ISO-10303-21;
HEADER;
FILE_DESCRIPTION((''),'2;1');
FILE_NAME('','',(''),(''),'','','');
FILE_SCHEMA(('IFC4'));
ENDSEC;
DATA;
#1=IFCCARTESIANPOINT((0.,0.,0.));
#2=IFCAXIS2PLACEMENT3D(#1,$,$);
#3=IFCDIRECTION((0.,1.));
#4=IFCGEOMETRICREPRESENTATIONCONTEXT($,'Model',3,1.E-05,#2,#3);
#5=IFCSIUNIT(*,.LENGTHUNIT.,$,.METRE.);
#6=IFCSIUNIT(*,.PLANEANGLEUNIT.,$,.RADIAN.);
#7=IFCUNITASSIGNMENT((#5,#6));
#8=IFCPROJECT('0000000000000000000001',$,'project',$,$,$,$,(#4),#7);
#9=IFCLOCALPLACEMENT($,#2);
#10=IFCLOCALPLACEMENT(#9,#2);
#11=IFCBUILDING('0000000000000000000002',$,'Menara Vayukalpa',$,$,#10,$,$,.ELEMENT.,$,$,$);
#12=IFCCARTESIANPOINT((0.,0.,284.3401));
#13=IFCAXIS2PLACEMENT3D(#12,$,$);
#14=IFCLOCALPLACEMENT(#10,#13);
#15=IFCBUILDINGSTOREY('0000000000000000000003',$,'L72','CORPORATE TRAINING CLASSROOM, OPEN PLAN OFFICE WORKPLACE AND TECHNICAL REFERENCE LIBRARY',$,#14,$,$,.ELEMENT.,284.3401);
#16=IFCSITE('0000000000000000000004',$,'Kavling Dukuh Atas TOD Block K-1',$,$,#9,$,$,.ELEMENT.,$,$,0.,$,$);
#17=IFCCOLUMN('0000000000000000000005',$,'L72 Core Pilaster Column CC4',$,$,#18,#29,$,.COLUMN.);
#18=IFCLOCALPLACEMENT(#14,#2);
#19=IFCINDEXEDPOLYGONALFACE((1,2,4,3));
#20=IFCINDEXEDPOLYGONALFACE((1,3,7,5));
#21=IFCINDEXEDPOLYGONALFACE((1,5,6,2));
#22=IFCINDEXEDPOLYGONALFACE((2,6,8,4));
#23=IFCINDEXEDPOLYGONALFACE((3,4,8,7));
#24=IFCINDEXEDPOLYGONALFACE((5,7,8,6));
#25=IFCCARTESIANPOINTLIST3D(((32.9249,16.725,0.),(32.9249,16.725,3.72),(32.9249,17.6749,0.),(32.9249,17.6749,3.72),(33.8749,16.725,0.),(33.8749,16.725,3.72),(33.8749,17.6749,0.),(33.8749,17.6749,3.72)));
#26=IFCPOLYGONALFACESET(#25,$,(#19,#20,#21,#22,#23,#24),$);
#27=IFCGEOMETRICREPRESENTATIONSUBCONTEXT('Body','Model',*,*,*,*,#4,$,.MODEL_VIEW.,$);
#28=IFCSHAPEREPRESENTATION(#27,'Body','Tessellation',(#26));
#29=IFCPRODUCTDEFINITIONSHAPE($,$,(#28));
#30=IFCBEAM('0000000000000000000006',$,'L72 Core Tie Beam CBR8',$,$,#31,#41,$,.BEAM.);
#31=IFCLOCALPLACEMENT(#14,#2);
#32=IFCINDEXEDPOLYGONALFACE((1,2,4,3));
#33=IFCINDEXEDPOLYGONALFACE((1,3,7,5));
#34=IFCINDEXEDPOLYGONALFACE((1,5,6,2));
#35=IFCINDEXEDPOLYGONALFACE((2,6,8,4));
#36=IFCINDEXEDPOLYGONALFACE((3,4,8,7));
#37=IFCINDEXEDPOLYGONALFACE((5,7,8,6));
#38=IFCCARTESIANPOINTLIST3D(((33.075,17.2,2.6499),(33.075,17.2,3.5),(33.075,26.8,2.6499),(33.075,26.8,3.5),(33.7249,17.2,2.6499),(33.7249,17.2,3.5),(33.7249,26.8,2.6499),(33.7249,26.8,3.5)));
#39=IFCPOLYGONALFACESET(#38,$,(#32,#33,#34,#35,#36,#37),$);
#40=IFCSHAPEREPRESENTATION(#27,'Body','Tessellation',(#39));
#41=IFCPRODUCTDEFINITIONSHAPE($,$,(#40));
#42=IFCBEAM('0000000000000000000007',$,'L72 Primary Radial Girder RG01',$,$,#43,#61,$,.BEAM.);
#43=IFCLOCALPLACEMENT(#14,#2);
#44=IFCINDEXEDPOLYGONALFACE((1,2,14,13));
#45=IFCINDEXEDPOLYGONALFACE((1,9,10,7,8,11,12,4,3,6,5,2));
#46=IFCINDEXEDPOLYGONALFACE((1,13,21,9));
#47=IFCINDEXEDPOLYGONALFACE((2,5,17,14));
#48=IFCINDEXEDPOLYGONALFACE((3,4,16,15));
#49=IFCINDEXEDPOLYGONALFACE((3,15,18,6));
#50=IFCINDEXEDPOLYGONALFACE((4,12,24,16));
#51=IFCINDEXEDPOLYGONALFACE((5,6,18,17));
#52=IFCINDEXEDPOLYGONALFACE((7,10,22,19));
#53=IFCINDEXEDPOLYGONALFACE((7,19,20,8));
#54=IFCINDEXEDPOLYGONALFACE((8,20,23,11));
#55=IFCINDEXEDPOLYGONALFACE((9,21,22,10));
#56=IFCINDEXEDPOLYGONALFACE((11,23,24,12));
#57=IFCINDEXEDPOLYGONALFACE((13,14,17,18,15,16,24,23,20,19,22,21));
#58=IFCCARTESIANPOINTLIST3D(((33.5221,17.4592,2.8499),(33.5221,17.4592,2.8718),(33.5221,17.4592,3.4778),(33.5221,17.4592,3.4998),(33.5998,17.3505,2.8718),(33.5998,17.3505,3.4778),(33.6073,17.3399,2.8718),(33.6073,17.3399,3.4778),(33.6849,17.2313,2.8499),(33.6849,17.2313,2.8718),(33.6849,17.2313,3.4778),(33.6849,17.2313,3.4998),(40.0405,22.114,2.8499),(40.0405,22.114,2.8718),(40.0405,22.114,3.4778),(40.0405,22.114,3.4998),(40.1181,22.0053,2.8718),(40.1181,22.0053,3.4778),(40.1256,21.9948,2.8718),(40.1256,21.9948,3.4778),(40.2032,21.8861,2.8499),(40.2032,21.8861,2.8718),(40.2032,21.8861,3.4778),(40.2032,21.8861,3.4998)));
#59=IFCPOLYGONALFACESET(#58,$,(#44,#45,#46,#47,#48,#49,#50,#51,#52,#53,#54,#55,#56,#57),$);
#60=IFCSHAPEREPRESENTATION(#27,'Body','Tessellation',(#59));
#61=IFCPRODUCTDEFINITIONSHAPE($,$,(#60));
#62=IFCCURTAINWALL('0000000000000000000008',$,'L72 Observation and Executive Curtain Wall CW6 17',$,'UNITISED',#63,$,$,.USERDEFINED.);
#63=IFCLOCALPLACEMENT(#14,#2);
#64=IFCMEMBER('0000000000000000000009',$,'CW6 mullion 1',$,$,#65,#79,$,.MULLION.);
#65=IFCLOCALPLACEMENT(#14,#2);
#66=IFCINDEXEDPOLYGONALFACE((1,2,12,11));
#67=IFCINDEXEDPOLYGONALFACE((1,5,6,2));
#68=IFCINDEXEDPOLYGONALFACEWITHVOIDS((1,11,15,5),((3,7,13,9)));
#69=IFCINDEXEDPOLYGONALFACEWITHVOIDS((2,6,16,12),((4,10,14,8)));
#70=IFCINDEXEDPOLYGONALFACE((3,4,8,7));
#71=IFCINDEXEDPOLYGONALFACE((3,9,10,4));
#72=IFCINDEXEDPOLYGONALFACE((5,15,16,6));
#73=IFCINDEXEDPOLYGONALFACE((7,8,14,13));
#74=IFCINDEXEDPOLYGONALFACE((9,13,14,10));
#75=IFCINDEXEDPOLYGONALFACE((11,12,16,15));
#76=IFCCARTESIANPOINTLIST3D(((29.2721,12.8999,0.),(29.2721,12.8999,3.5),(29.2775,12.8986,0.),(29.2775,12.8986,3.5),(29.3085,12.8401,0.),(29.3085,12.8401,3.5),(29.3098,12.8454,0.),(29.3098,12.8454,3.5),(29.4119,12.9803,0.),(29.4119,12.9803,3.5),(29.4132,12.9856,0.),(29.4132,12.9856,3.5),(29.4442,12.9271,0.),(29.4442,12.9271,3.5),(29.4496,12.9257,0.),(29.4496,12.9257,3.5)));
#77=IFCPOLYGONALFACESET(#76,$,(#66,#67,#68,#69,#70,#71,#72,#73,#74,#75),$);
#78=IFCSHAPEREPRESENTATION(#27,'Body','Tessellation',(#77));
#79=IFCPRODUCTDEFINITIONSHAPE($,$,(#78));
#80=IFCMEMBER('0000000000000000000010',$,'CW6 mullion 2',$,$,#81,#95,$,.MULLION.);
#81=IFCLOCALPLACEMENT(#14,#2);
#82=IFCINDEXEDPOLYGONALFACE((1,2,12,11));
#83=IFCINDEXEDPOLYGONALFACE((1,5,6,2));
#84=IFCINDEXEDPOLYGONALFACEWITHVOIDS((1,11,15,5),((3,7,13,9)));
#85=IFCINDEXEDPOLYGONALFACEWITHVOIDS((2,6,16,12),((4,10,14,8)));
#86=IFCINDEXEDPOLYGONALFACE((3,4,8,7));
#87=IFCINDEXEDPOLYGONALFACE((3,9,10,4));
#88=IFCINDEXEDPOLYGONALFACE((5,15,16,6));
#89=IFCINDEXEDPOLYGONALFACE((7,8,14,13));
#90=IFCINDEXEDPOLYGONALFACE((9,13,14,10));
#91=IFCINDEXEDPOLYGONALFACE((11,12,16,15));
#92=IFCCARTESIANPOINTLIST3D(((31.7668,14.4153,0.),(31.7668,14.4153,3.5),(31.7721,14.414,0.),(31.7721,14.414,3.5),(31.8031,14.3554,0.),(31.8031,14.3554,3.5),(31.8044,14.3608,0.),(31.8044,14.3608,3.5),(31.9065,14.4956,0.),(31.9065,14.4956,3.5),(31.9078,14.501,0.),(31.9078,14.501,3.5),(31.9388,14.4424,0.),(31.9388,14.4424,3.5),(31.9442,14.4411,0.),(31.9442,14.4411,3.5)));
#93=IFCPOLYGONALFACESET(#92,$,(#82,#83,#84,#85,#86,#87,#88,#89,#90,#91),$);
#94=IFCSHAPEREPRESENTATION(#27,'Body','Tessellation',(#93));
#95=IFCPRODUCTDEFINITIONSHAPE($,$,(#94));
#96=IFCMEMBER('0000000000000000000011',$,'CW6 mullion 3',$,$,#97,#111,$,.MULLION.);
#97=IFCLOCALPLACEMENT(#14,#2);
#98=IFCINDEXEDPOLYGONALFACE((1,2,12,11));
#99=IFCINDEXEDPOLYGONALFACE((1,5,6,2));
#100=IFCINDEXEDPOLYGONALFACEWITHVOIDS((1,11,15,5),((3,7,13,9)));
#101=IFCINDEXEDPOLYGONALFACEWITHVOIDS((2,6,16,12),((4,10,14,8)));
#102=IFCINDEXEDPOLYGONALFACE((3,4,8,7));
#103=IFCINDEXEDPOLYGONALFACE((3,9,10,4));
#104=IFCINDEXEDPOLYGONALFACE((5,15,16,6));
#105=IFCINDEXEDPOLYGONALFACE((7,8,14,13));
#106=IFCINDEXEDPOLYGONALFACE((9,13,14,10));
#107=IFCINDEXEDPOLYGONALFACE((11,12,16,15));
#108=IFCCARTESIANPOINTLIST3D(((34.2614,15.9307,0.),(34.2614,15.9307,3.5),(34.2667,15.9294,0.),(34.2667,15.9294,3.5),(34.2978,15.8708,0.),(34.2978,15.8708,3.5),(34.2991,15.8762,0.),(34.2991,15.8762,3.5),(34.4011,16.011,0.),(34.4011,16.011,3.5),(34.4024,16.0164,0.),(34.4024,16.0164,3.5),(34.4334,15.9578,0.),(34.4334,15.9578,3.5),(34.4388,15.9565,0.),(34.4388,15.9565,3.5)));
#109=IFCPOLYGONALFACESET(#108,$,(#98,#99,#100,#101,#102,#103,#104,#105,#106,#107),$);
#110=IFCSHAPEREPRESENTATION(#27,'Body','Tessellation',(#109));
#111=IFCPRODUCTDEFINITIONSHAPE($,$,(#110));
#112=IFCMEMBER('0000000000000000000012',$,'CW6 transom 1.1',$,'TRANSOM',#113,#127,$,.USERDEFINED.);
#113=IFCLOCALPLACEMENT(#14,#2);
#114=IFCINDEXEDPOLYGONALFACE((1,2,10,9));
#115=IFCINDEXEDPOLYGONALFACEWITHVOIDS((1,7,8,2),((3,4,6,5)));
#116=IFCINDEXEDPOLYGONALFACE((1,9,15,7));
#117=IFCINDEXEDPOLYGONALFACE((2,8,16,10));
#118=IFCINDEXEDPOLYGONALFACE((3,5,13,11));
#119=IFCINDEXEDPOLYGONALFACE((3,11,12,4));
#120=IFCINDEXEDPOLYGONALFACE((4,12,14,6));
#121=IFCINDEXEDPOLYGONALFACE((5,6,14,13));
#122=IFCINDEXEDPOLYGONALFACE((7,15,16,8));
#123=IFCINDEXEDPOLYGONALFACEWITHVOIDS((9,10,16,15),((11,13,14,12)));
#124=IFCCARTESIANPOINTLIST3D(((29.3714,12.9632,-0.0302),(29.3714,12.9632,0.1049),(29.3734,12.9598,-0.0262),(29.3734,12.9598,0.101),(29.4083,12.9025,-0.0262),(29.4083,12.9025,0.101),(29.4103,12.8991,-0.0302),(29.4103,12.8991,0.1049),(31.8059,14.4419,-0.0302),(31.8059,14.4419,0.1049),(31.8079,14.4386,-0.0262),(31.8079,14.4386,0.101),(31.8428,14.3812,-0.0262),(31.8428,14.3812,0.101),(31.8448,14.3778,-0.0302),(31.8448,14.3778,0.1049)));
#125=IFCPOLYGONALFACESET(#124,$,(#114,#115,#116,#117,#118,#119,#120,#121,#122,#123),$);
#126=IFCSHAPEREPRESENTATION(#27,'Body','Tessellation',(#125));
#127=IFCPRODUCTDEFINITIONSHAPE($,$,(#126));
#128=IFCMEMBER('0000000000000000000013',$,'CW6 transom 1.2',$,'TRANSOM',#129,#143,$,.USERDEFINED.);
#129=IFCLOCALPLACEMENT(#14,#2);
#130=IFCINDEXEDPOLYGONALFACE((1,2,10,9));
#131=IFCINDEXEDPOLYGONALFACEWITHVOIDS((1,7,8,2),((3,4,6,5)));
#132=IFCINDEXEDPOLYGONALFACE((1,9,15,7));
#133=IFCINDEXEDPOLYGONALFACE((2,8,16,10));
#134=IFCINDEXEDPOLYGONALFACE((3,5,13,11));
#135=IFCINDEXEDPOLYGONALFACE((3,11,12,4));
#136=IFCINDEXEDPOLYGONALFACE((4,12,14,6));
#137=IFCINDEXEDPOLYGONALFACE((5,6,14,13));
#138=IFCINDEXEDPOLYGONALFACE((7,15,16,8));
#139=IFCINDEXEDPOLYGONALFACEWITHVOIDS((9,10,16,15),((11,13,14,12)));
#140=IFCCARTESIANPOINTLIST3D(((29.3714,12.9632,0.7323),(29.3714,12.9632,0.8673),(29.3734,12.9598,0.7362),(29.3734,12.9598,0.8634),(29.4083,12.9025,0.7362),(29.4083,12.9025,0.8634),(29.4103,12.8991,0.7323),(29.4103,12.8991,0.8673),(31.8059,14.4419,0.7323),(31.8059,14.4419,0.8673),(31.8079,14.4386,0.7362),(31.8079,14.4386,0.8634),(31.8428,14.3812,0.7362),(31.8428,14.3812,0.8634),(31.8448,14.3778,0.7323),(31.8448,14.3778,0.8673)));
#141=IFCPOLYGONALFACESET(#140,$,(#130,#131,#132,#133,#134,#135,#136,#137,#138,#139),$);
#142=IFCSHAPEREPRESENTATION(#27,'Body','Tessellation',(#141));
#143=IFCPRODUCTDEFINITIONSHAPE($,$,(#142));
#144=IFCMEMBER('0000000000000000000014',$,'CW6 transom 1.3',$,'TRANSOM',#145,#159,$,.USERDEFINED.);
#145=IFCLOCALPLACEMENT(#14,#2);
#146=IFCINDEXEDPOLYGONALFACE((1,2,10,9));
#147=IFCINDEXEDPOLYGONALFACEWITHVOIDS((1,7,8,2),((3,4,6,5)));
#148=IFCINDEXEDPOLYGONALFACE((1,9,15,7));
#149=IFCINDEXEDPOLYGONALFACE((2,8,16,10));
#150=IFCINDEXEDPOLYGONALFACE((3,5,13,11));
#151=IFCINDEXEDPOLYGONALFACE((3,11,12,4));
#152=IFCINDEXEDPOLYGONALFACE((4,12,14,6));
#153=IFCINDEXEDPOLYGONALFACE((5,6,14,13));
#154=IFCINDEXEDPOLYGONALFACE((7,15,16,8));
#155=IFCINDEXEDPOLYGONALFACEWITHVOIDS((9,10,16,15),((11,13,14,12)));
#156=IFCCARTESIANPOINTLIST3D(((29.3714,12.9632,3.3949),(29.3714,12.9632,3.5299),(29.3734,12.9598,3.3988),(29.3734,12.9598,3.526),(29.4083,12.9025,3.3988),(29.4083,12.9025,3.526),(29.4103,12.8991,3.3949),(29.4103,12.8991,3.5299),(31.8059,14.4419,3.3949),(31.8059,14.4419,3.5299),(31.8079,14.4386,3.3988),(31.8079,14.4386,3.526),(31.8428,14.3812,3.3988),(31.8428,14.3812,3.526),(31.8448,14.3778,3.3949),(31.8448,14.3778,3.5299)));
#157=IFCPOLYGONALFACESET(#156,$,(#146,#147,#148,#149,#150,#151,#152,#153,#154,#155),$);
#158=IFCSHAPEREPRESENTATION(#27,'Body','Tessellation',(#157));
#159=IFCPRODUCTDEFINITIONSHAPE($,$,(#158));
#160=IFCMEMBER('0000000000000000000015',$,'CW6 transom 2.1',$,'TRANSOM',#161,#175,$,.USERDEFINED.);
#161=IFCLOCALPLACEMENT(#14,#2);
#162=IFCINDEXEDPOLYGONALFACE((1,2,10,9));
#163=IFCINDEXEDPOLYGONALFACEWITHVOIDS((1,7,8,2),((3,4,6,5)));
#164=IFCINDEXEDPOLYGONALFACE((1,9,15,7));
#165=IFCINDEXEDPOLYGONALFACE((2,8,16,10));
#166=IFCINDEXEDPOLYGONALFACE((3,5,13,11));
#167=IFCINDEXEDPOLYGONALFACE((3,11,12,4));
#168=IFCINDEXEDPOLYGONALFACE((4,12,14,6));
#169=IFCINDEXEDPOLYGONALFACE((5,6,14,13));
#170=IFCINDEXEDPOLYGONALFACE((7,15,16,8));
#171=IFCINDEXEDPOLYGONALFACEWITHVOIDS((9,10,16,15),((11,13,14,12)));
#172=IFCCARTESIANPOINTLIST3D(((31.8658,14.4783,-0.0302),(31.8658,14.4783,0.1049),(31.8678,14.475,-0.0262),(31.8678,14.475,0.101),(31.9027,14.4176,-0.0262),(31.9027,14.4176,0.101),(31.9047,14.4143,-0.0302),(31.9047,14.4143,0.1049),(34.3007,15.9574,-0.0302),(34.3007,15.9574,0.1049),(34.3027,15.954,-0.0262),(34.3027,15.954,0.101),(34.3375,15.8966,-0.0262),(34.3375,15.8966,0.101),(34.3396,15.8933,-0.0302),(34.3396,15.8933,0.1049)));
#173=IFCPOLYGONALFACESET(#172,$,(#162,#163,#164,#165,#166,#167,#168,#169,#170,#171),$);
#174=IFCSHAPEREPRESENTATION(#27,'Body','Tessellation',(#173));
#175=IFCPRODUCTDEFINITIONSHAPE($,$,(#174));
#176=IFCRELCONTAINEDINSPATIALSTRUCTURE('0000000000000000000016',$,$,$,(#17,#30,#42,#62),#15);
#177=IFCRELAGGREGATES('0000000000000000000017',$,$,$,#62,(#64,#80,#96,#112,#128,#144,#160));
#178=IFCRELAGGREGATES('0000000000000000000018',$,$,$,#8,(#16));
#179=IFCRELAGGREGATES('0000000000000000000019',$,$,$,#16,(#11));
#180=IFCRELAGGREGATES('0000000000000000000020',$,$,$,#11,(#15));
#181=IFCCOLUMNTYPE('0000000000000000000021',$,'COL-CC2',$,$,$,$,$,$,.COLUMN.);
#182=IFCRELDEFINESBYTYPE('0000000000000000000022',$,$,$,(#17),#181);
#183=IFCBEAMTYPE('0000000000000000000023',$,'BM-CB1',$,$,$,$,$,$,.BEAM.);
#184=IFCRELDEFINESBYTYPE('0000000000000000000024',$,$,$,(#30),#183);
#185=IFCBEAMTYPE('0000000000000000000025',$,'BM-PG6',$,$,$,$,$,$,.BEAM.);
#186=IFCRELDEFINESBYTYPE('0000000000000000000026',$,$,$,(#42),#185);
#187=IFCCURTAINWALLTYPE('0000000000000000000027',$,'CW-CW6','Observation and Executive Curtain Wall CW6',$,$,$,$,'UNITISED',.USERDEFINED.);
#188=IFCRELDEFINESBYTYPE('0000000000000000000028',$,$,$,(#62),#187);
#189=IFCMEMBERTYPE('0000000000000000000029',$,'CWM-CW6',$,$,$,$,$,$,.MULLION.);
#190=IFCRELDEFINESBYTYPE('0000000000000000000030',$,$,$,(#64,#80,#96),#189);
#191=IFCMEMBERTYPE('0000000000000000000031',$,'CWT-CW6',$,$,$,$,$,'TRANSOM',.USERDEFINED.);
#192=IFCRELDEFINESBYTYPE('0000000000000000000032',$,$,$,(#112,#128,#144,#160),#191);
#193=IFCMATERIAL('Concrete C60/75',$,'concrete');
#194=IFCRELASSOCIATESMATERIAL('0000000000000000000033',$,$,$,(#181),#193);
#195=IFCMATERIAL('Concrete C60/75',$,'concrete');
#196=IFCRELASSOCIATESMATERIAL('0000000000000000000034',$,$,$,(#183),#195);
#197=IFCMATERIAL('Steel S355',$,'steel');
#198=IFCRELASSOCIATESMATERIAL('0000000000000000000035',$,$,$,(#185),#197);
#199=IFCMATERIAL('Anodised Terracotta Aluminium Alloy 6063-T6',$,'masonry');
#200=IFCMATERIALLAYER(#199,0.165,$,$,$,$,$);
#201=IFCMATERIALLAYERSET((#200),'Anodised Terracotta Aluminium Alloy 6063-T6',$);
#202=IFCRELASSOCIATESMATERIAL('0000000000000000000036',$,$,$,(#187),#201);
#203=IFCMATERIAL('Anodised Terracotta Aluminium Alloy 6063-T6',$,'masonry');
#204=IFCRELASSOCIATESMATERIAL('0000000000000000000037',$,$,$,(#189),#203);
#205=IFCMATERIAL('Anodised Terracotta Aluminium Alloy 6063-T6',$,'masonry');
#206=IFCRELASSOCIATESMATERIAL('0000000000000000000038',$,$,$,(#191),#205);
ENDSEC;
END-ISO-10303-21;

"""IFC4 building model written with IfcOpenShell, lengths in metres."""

from ifc_helpers import new_model, si_unit, direction, frame, origin, origin_2d, place, context, subcontext, project, spatial, rectangle, hollow_rectangle, i_section, extrude, material, layer, layer_set, material_profile, profile_set, type_object, element, aggregate, save


model = new_model("IFC4")

# Units and contexts
model_context = context("Model", 3, precision=1e-05, world=origin(), true_north=direction((0.0, 1.0)))
body_context = subcontext(model_context, "Body", "Model", "MODEL_VIEW")
ifc_project = project(units=[si_unit("LENGTHUNIT", "METRE"), si_unit("PLANEANGLEUNIT", "RADIAN")], contexts=[model_context])

# Site, building, storey
site_placement = place(None, origin())
site = spatial("IfcSite", under=ifc_project, at=site_placement, Name="Kavling Dukuh Atas TOD Block K-1", CompositionType="ELEMENT", RefElevation=0.0)
building_placement = place(site_placement, origin())
building = spatial("IfcBuilding", under=site, at=building_placement, Name="Menara Vayukalpa", CompositionType="ELEMENT")
storey_placement = place(building_placement, frame((0.0, 0.0, 284.3401)))
storey = spatial("IfcBuildingStorey", under=building, at=storey_placement, Name="L72", Description="CORPORATE TRAINING CLASSROOM, OPEN PLAN OFFICE WORKPLACE AND TECHNICAL REFERENCE LIBRARY", CompositionType="ELEMENT", Elevation=284.3401)

# Column
ifc_material_1 = material(Name="Concrete C60/75", Category="concrete")
ifc_material_profile_1 = material_profile(ifc_material_1, rectangle(XDim=0.95, YDim=0.95, at=origin_2d()), Name="RC 950x950")
ifc_profile_set_1 = profile_set([ifc_material_profile_1], Name="Concrete C60/75")
column_type = type_object("IfcColumnType", Name="COL-CC2", PredefinedType="COLUMN", material=ifc_profile_set_1)
column_placement = place(storey_placement, frame((33.3999, 17.2, 0.0), z_axis=(0.0, 0.0, 1.0), x_axis=(1.0, 0.0, 0.0)))
element("IfcColumn", 1, at=column_placement, inside=storey, type_object=column_type, Name="L72 Core Pilaster Column CC4", PredefinedType="COLUMN", context=body_context, shape_type="SweptSolid", body=[
    extrude(rectangle(XDim=0.95, YDim=0.95, at=origin_2d()), origin(), (0.0, 0.0, 1.0), 3.72),
])

# Beams
ifc_material_2 = material(Name="Concrete C60/75", Category="concrete")
ifc_material_profile_2 = material_profile(ifc_material_2, rectangle(XDim=0.6499, YDim=0.8501, at=origin_2d()), Name="RC 650x850")
ifc_profile_set_2 = profile_set([ifc_material_profile_2], Name="Concrete C60/75")
beam_type_1 = type_object("IfcBeamType", Name="BM-CB1", PredefinedType="BEAM", material=ifc_profile_set_2)
beam_1_placement = place(storey_placement, frame((33.3999, 17.2, 3.075), z_axis=(0.0, 1.0, 0.0), x_axis=(-1.0, 0.0, 0.0)))
element("IfcBeam", 2, at=beam_1_placement, inside=storey, type_object=beam_type_1, Name="L72 Core Tie Beam CBR8", PredefinedType="BEAM", context=body_context, shape_type="SweptSolid", body=[
    extrude(rectangle(XDim=0.6499, YDim=0.8501, at=origin_2d()), origin(), (0.0, 0.0, 1.0), 9.6001),
])
ifc_material_3 = material(Name="Steel S355", Category="steel")
ifc_material_profile_3 = material_profile(ifc_material_3, i_section(OverallWidth=0.28, OverallDepth=0.6499, WebThickness=0.0129, FlangeThickness=0.022, at=origin_2d()), Name="WF 650x280x13x22")
ifc_profile_set_3 = profile_set([ifc_material_profile_3], Name="Steel S355")
beam_type_2 = type_object("IfcBeamType", Name="BM-PG6", PredefinedType="BEAM", material=ifc_profile_set_3)
beam_2_placement = place(storey_placement, frame((33.6035, 17.3452, 3.1748), z_axis=(0.813801, 0.581143, 0.0), x_axis=(-0.581143, 0.813801, 0.0)))
element("IfcBeam", 3, at=beam_2_placement, inside=storey, type_object=beam_type_2, Name="L72 Primary Radial Girder RG01", PredefinedType="BEAM", context=body_context, shape_type="SweptSolid", body=[
    extrude(i_section(OverallWidth=0.28, OverallDepth=0.6499, WebThickness=0.0129, FlangeThickness=0.022, at=origin_2d()), origin(), (0.0, 0.0, 1.0), 8.0098),
])

# Curtain wall, members
ifc_material_4 = material(Name="Anodised Terracotta Aluminium Alloy 6063-T6", Category="masonry")
ifc_layer_1 = layer(ifc_material_4, 0.165)
ifc_layer_set_1 = layer_set([ifc_layer_1], Name="Anodised Terracotta Aluminium Alloy 6063-T6")
curtain_wall_type = type_object("IfcCurtainWallType", Name="CW-CW6", Description="Observation and Executive Curtain Wall CW6", ElementType="UNITISED", PredefinedType="USERDEFINED", material=ifc_layer_set_1)
curtain_wall_placement = place(storey_placement, origin())
curtain_wall = element("IfcCurtainWall", 4, at=curtain_wall_placement, inside=storey, type_object=curtain_wall_type, Name="L72 Observation and Executive Curtain Wall CW6 17", ObjectType="UNITISED", PredefinedType="USERDEFINED")
ifc_material_5 = material(Name="Anodised Terracotta Aluminium Alloy 6063-T6", Category="masonry")
ifc_material_profile_4 = material_profile(ifc_material_5, hollow_rectangle(XDim=0.0701, YDim=0.165, WallThickness=0.0039, at=origin_2d()), Name="ALU 70x165x4")
ifc_profile_set_4 = profile_set([ifc_material_profile_4], Name="Anodised Terracotta Aluminium Alloy 6063-T6")
member_type_1 = type_object("IfcMemberType", Name="CWM-CW6", PredefinedType="MULLION", material=ifc_profile_set_4)
member_1_placement = place(storey_placement, frame((29.3608, 12.9128, 0.0), z_axis=(0.0, 0.0, 1.0), x_axis=(-0.519176, 0.854668, 0.0)))
member_1 = element("IfcMember", 5, at=member_1_placement, type_object=member_type_1, Name="CW6 mullion 1", PredefinedType="MULLION", context=body_context, shape_type="SweptSolid", body=[
    extrude(hollow_rectangle(XDim=0.0701, YDim=0.165, WallThickness=0.0039, at=origin_2d()), origin(), (0.0, 0.0, 1.0), 3.5),
])
member_2_placement = place(storey_placement, frame((31.8555, 14.4282, 0.0), z_axis=(0.0, 0.0, 1.0), x_axis=(-0.519176, 0.854668, 0.0)))
member_2 = element("IfcMember", 6, at=member_2_placement, type_object=member_type_1, Name="CW6 mullion 2", PredefinedType="MULLION", context=body_context, shape_type="SweptSolid", body=[
    extrude(hollow_rectangle(XDim=0.0701, YDim=0.165, WallThickness=0.0039, at=origin_2d()), origin(), (0.0, 0.0, 1.0), 3.5),
])
member_3_placement = place(storey_placement, frame((34.3501, 15.9436, 0.0), z_axis=(0.0, 0.0, 1.0), x_axis=(-0.519176, 0.854668, 0.0)))
member_3 = element("IfcMember", 7, at=member_3_placement, type_object=member_type_1, Name="CW6 mullion 3", PredefinedType="MULLION", context=body_context, shape_type="SweptSolid", body=[
    extrude(hollow_rectangle(XDim=0.0701, YDim=0.165, WallThickness=0.0039, at=origin_2d()), origin(), (0.0, 0.0, 1.0), 3.5),
])
ifc_material_6 = material(Name="Anodised Terracotta Aluminium Alloy 6063-T6", Category="masonry")
ifc_material_profile_5 = material_profile(ifc_material_6, hollow_rectangle(XDim=0.075, YDim=0.135, WallThickness=0.0039, at=origin_2d()), Name="ALU 75x135x4")
ifc_profile_set_5 = profile_set([ifc_material_profile_5], Name="Anodised Terracotta Aluminium Alloy 6063-T6")
member_type_2 = type_object("IfcMemberType", Name="CWT-CW6", ElementType="TRANSOM", PredefinedType="USERDEFINED", material=ifc_profile_set_5)
member_4_placement = place(storey_placement, frame((29.3909, 12.9312, 0.0374), z_axis=(0.85469, 0.519139, 0.0), x_axis=(-0.519139, 0.85469, 0.0)))
member_4 = element("IfcMember", 8, at=member_4_placement, type_object=member_type_2, Name="CW6 transom 1.1", ObjectType="TRANSOM", PredefinedType="USERDEFINED", context=body_context, shape_type="SweptSolid", body=[
    extrude(hollow_rectangle(XDim=0.075, YDim=0.135, WallThickness=0.0039, at=origin_2d()), origin(), (0.0, 0.0, 1.0), 2.8484),
])
member_5_placement = place(storey_placement, frame((29.3909, 12.9312, 0.7998), z_axis=(0.85469, 0.519139, 0.0), x_axis=(-0.519139, 0.85469, 0.0)))
member_5 = element("IfcMember", 9, at=member_5_placement, type_object=member_type_2, Name="CW6 transom 1.2", ObjectType="TRANSOM", PredefinedType="USERDEFINED", context=body_context, shape_type="SweptSolid", body=[
    extrude(hollow_rectangle(XDim=0.075, YDim=0.135, WallThickness=0.0039, at=origin_2d()), origin(), (0.0, 0.0, 1.0), 2.8484),
])
member_6_placement = place(storey_placement, frame((29.3909, 12.9312, 3.4624), z_axis=(0.85469, 0.519139, 0.0), x_axis=(-0.519139, 0.85469, 0.0)))
member_6 = element("IfcMember", 10, at=member_6_placement, type_object=member_type_2, Name="CW6 transom 1.3", ObjectType="TRANSOM", PredefinedType="USERDEFINED", context=body_context, shape_type="SweptSolid", body=[
    extrude(hollow_rectangle(XDim=0.075, YDim=0.135, WallThickness=0.0039, at=origin_2d()), origin(), (0.0, 0.0, 1.0), 2.8484),
])
member_7_placement = place(storey_placement, frame((31.8853, 14.4463, 0.0374), z_axis=(0.854675, 0.519164, 0.0), x_axis=(-0.519164, 0.854675, 0.0)))
member_7 = element("IfcMember", 11, at=member_7_placement, type_object=member_type_2, Name="CW6 transom 2.1", ObjectType="TRANSOM", PredefinedType="USERDEFINED", context=body_context, shape_type="SweptSolid", body=[
    extrude(hollow_rectangle(XDim=0.075, YDim=0.135, WallThickness=0.0039, at=origin_2d()), origin(), (0.0, 0.0, 1.0), 2.8489),
])
aggregate(curtain_wall, [member_1, member_2, member_3, member_4, member_5, member_6, member_7])

save(model, "model.ifc")
